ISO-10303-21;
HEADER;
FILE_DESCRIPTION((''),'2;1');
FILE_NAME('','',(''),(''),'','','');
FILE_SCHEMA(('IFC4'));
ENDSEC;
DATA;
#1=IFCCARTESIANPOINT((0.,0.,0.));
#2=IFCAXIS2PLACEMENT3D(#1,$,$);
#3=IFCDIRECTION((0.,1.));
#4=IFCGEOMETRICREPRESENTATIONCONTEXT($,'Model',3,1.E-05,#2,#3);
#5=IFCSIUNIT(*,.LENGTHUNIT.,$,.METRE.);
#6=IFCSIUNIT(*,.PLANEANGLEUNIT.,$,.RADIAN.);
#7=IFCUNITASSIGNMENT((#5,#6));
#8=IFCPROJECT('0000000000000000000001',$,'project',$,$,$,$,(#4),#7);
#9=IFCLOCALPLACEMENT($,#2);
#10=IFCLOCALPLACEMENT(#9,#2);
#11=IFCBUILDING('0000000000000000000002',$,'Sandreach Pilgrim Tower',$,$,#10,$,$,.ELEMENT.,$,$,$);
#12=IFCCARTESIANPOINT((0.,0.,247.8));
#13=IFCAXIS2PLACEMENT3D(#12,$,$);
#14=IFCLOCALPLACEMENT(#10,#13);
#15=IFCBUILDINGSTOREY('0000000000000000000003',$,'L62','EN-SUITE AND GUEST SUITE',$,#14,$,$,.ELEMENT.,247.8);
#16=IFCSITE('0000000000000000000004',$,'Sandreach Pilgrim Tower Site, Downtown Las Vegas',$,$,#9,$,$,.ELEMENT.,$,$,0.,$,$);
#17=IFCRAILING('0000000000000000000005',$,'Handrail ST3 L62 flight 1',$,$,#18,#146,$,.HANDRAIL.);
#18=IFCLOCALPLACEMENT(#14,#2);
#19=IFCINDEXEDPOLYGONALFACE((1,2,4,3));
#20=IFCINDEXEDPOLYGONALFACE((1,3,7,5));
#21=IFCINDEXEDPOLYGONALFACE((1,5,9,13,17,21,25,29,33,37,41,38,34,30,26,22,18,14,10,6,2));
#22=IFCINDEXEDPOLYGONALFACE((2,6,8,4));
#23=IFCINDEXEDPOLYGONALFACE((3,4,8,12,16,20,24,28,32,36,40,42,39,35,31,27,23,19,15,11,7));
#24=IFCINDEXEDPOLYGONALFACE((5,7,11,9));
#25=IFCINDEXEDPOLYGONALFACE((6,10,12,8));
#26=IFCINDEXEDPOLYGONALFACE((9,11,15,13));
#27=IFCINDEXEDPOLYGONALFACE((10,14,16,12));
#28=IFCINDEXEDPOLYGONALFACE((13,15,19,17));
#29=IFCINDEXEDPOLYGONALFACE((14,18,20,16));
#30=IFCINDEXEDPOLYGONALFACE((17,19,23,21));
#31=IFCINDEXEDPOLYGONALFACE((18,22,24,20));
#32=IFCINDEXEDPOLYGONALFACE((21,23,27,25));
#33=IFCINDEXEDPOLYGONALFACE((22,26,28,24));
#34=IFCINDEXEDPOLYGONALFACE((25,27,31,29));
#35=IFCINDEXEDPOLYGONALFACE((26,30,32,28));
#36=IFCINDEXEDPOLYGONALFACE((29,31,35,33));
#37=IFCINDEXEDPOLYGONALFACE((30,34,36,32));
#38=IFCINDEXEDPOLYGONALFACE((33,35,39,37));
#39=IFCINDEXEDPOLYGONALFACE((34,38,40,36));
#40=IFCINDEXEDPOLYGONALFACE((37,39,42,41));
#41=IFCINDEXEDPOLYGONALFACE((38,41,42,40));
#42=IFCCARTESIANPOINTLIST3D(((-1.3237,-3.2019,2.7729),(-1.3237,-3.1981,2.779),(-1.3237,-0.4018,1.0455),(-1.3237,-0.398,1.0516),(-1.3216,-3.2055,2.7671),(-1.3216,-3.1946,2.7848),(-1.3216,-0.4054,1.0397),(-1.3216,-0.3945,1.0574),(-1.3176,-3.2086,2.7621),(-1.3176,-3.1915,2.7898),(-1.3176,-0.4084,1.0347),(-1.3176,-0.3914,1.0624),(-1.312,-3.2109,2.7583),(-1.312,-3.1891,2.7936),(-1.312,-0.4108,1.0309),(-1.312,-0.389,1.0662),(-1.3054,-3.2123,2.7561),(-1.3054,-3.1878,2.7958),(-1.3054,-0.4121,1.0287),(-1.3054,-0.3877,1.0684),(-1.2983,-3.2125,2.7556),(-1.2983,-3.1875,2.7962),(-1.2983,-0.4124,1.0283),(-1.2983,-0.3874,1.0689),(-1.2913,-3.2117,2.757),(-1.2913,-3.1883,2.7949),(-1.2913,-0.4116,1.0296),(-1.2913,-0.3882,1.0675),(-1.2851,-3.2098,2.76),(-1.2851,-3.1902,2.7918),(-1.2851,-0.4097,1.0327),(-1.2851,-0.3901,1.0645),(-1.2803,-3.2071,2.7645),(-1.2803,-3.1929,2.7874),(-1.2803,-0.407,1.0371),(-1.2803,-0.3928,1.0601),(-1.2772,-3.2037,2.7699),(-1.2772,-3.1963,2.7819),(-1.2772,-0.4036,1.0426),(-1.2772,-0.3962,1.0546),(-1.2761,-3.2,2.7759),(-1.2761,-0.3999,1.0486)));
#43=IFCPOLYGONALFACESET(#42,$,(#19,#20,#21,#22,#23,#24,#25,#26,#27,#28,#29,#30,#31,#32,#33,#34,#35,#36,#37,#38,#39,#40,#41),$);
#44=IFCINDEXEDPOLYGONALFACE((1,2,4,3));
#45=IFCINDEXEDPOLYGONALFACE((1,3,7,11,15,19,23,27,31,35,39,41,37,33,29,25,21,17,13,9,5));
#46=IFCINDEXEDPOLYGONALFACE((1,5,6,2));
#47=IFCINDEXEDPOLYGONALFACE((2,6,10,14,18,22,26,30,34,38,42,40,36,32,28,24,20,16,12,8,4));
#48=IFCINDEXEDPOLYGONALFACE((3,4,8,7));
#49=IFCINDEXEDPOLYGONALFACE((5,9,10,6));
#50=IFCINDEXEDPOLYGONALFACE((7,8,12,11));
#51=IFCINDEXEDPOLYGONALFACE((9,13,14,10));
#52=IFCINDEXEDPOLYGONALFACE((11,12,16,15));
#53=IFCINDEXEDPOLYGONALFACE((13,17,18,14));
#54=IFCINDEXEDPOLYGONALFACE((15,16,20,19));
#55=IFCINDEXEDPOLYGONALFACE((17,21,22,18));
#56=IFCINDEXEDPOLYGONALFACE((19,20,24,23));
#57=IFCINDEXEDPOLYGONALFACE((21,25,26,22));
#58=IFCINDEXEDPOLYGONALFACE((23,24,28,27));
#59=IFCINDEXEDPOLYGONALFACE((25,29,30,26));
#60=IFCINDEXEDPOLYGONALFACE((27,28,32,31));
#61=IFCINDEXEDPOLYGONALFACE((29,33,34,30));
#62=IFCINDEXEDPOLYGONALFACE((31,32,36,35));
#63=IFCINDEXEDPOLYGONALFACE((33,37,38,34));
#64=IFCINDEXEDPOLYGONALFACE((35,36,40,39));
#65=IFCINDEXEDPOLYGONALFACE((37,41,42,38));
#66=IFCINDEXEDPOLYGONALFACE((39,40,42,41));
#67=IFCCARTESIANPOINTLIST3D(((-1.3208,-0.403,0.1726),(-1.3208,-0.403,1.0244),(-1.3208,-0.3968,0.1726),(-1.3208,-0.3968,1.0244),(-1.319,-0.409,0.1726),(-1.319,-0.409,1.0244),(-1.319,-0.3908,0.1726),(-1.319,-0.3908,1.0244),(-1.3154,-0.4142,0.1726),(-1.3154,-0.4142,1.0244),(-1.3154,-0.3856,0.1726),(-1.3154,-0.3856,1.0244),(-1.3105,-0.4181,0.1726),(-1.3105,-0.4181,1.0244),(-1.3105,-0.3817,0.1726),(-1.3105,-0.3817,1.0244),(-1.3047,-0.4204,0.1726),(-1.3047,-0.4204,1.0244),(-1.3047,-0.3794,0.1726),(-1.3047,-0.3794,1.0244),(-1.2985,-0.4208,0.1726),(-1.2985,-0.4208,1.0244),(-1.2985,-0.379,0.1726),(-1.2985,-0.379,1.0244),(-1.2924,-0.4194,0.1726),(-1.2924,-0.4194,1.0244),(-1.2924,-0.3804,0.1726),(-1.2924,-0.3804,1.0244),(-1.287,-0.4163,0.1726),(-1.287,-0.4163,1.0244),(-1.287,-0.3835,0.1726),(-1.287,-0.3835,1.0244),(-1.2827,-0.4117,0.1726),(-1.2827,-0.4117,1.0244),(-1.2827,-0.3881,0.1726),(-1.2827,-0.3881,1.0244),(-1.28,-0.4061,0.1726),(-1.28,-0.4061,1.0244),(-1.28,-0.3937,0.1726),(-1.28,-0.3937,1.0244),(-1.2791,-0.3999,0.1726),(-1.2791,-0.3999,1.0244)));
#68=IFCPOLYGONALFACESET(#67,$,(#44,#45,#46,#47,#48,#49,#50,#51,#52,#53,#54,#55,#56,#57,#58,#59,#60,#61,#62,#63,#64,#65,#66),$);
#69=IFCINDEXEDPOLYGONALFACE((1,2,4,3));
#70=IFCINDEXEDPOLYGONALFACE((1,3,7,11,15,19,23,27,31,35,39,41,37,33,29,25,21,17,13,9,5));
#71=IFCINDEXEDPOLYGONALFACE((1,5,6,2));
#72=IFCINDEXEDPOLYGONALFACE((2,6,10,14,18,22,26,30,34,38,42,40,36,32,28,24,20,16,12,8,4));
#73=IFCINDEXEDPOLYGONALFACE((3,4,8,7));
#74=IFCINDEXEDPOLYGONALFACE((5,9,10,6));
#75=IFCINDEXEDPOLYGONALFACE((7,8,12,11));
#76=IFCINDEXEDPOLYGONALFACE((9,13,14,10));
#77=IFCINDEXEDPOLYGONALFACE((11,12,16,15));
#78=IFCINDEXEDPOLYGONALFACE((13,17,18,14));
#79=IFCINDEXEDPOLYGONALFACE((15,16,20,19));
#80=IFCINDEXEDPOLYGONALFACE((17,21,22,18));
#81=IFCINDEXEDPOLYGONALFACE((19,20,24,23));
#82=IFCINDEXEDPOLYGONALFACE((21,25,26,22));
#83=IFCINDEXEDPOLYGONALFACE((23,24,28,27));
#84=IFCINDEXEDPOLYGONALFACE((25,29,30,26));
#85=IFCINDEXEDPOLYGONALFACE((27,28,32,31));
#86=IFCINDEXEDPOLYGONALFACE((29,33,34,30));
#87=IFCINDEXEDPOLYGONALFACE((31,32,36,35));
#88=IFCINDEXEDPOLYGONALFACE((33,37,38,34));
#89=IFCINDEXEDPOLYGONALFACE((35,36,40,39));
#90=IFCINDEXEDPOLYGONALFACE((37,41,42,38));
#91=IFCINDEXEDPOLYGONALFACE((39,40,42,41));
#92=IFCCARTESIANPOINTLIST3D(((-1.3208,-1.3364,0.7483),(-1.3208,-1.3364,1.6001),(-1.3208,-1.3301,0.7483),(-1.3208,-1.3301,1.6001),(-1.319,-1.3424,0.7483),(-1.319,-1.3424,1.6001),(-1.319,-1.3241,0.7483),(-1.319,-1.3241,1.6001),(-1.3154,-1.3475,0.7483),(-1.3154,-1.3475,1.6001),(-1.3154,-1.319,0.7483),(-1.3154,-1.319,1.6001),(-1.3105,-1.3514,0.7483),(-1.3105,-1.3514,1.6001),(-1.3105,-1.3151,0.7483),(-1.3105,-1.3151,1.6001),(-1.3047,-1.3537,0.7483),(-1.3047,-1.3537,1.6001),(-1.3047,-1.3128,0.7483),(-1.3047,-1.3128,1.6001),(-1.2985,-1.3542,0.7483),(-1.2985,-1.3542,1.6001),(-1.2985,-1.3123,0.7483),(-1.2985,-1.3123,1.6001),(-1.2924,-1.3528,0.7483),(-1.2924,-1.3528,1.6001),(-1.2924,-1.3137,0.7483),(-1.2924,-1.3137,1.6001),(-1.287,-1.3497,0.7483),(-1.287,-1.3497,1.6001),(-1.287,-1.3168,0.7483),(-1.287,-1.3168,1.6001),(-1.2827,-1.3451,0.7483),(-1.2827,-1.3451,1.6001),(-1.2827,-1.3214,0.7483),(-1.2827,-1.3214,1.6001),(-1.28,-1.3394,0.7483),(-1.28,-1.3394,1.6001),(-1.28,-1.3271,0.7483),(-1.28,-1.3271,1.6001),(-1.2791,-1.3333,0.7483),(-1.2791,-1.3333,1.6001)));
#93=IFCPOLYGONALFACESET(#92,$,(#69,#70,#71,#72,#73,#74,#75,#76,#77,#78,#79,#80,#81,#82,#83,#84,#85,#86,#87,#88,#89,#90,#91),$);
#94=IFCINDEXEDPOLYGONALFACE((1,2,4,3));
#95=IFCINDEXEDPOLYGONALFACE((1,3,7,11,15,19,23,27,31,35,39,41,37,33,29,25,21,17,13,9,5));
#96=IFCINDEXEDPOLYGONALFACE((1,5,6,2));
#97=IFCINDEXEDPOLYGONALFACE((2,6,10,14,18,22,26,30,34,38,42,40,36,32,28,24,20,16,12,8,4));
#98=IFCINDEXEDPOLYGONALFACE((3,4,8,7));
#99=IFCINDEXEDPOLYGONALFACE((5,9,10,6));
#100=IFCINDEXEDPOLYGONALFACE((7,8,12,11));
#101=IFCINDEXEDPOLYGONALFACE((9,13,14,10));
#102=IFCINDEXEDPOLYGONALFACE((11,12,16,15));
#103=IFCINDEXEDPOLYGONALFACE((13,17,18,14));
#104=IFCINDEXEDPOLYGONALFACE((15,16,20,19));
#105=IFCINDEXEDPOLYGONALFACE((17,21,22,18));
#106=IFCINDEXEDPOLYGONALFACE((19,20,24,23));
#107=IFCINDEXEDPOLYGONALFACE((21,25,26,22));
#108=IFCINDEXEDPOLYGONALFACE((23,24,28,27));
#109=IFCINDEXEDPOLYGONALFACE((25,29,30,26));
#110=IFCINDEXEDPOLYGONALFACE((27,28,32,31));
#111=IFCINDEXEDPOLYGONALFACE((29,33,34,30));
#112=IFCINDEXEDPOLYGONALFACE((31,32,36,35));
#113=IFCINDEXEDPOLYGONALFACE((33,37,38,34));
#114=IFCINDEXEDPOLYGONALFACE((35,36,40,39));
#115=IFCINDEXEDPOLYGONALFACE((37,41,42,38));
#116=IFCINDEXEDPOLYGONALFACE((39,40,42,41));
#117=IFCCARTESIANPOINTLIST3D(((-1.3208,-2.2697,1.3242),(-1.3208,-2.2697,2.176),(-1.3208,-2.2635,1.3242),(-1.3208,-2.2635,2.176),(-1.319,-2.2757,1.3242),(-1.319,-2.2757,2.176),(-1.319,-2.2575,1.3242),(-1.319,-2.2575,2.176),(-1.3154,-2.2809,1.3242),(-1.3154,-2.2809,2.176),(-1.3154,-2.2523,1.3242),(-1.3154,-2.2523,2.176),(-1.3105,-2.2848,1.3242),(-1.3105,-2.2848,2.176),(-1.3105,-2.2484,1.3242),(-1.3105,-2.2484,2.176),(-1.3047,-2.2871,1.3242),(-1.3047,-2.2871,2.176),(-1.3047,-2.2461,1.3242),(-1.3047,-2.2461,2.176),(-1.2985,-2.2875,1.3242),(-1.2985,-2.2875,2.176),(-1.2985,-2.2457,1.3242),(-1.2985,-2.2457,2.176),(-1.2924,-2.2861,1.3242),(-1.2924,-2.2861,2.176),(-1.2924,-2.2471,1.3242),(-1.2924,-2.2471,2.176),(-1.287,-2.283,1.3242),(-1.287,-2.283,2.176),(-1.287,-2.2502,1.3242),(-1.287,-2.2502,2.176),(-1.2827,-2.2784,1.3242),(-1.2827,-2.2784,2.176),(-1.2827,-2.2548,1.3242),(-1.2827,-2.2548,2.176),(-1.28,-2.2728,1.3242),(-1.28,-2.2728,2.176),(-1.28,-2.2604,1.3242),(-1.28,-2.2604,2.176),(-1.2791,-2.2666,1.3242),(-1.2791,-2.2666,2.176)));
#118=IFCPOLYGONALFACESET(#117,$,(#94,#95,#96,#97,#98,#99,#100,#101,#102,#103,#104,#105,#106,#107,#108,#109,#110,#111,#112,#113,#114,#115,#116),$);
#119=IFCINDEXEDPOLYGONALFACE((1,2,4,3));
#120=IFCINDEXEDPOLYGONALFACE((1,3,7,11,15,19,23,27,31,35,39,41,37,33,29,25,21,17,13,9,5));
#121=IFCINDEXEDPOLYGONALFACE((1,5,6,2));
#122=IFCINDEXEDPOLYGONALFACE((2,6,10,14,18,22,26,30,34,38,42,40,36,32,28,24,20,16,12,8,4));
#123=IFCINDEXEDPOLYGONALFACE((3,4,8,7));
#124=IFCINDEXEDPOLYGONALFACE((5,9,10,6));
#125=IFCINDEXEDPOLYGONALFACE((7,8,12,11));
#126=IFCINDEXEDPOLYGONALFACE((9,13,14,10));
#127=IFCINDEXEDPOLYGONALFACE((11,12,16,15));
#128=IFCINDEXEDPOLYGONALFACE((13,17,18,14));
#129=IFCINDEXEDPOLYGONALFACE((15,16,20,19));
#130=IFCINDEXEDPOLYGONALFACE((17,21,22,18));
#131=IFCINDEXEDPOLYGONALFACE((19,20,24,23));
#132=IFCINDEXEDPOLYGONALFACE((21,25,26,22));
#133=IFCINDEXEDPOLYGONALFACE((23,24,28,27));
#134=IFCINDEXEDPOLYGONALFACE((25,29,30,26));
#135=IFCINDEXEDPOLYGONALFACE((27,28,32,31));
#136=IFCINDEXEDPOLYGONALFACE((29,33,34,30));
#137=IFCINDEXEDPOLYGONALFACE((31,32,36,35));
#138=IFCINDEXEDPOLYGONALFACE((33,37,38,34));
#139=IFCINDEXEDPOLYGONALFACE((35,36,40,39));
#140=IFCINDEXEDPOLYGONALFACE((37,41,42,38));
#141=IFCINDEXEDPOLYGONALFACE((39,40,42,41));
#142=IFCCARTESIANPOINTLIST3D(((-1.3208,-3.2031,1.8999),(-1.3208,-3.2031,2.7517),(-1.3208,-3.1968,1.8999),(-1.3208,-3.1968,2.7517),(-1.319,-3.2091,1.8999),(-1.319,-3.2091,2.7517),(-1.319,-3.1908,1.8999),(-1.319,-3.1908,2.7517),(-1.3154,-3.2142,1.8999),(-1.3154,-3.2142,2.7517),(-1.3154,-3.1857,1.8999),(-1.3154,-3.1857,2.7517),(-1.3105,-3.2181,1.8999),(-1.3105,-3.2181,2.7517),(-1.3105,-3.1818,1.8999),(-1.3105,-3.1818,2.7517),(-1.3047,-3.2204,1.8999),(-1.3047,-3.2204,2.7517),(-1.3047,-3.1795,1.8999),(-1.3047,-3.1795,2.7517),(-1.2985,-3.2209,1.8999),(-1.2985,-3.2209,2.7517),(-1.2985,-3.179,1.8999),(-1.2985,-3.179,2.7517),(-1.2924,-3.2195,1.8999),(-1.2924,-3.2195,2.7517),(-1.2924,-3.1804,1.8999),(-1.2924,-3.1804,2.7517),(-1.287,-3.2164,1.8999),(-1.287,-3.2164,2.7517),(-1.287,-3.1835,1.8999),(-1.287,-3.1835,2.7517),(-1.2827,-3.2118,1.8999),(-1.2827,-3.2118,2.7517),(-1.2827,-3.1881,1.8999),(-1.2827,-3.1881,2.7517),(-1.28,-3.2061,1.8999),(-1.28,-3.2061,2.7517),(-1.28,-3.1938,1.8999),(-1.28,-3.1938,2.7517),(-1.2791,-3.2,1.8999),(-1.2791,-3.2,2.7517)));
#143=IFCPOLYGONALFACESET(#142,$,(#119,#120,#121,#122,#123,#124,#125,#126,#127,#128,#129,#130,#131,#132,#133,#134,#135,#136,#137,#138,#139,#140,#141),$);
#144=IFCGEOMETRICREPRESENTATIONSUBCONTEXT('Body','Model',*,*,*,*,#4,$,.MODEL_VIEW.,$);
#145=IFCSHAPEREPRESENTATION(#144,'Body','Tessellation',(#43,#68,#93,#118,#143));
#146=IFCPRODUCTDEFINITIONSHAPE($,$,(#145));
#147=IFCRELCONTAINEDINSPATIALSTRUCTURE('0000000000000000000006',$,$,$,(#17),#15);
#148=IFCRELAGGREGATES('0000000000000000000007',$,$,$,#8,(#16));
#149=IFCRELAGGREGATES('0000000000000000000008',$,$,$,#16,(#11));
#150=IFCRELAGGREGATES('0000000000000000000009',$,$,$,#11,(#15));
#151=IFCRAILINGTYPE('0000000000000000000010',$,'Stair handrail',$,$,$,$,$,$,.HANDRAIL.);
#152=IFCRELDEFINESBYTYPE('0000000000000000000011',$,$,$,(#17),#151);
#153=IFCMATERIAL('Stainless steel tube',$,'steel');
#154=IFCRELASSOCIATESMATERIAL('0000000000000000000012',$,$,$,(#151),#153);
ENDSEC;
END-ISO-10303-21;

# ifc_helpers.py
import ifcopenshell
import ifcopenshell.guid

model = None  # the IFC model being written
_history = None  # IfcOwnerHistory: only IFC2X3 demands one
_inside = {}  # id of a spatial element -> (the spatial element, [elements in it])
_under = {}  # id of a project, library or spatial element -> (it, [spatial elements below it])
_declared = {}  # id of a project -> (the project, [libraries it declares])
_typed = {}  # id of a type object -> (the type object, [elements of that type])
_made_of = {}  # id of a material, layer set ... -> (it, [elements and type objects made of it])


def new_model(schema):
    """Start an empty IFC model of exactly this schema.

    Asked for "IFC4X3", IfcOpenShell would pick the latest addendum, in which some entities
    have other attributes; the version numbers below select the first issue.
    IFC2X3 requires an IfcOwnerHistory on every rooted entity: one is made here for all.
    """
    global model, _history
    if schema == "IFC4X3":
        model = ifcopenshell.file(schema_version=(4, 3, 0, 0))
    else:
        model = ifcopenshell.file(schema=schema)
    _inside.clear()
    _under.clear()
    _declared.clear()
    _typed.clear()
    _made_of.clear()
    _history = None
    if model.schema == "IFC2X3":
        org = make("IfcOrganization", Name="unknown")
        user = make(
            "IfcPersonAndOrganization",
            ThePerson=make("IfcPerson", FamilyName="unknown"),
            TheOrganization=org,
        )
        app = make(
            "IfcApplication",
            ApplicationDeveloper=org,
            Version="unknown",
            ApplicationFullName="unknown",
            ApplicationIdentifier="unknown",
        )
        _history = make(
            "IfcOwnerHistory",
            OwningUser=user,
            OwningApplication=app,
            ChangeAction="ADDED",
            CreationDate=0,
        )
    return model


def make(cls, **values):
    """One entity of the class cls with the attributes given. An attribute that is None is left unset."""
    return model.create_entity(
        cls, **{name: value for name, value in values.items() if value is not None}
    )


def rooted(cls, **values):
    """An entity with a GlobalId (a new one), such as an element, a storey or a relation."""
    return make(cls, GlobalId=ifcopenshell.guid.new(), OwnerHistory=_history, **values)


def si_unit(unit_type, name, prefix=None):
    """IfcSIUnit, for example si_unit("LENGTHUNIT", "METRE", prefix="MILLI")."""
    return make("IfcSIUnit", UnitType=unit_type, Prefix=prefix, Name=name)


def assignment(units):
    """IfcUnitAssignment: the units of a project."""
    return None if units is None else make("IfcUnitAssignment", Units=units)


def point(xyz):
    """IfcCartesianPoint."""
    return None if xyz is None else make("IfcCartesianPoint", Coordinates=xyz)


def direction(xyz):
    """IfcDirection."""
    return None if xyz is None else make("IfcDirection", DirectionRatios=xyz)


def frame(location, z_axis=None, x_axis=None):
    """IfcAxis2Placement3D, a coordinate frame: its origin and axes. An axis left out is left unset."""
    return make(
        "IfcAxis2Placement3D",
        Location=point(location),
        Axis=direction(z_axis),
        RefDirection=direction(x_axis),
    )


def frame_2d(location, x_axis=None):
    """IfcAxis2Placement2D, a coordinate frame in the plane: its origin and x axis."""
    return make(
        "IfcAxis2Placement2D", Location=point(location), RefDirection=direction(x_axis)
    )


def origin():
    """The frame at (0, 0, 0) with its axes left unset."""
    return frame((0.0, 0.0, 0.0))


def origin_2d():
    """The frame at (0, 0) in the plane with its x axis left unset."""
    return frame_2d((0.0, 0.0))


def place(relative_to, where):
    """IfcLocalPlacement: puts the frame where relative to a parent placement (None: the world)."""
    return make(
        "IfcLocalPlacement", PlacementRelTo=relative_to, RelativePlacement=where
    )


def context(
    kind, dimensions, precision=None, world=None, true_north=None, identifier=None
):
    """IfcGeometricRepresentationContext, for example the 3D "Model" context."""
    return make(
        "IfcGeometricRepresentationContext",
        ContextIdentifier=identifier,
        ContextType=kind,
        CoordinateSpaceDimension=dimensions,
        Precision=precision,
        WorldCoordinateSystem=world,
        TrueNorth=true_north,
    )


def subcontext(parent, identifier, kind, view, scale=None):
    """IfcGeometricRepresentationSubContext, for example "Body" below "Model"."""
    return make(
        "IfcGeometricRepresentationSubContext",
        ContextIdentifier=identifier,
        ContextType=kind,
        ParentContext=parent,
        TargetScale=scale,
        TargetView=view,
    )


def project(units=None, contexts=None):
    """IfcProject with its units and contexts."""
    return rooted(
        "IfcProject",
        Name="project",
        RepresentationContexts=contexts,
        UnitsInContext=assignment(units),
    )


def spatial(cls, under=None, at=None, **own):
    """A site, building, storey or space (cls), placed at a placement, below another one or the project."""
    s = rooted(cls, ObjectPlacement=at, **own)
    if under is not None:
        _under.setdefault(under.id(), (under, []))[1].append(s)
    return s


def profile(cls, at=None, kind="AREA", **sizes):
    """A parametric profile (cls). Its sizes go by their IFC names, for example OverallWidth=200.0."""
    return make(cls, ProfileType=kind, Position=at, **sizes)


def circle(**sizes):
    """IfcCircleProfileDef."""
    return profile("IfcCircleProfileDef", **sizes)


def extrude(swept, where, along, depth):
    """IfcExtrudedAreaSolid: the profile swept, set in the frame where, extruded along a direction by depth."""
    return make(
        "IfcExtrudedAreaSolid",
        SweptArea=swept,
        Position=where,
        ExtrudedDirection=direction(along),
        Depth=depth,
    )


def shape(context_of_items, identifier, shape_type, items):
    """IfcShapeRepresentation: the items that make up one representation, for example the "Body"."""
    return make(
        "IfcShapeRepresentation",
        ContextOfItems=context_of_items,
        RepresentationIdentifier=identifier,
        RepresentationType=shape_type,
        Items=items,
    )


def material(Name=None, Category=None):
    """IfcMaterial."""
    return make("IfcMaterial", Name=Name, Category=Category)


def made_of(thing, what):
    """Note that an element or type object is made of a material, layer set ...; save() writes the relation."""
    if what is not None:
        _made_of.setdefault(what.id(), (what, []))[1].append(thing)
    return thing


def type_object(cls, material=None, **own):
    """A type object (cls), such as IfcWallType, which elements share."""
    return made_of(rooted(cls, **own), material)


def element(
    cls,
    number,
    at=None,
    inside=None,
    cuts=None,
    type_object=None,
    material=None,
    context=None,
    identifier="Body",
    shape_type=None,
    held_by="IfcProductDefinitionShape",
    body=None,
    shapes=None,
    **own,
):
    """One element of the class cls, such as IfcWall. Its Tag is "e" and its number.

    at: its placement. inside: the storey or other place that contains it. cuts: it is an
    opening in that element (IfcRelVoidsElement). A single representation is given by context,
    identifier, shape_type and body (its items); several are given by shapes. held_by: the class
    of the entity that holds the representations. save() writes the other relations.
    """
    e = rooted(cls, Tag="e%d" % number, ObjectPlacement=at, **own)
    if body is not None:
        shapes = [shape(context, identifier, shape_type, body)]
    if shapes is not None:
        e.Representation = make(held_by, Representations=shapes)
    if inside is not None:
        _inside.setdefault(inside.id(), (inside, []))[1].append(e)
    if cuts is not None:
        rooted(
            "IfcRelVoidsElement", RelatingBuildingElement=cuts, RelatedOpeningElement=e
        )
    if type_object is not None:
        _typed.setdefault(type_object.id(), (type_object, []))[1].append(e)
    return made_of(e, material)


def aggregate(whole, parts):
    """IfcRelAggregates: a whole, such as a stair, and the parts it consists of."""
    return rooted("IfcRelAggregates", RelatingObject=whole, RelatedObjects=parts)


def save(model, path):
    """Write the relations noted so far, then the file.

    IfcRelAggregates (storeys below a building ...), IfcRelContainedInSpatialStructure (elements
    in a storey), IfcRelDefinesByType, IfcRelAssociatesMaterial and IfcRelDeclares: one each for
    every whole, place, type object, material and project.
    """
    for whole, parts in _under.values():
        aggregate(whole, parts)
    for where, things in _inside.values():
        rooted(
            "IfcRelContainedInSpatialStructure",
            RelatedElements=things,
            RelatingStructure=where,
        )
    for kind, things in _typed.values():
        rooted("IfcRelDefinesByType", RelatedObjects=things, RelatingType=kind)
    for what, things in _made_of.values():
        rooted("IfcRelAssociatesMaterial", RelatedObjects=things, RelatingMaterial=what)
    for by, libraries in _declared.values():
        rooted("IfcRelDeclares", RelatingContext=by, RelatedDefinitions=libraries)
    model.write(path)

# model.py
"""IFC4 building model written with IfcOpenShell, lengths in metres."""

from ifc_helpers import new_model, si_unit, direction, frame, origin, origin_2d, place, context, subcontext, project, spatial, circle, extrude, material, type_object, element, save


model = new_model("IFC4")

# Units and contexts
model_context = context("Model", 3, precision=1e-05, world=origin(), true_north=direction((0.0, 1.0)))
body_context = subcontext(model_context, "Body", "Model", "MODEL_VIEW")
ifc_project = project(units=[si_unit("LENGTHUNIT", "METRE"), si_unit("PLANEANGLEUNIT", "RADIAN")], contexts=[model_context])

# Site, building, storey
site_placement = place(None, origin())
site = spatial("IfcSite", under=ifc_project, at=site_placement, Name="Sandreach Pilgrim Tower Site, Downtown Las Vegas", CompositionType="ELEMENT", RefElevation=0.0)
building_placement = place(site_placement, origin())
building = spatial("IfcBuilding", under=site, at=building_placement, Name="Sandreach Pilgrim Tower", CompositionType="ELEMENT")
storey_placement = place(building_placement, frame((0.0, 0.0, 247.8)))
storey = spatial("IfcBuildingStorey", under=building, at=storey_placement, Name="L62", Description="EN-SUITE AND GUEST SUITE", CompositionType="ELEMENT", Elevation=247.8)

# Railing
ifc_material_1 = material(Name="Stainless steel tube", Category="steel")
railing_type = type_object("IfcRailingType", Name="Stair handrail", PredefinedType="HANDRAIL", material=ifc_material_1)
for number, where, name in (
    (1, (-1.3, -0.3999, 0.1726), "Handrail ST3 L62 flight 1"),
):
    element("IfcRailing", number, at=place(storey_placement, frame(where)), inside=storey, type_object=railing_type, Name=name, PredefinedType="HANDRAIL", context=body_context, shape_type="SweptSolid", body=[
        extrude(circle(Radius=0.0239, at=origin_2d()), frame((0.0, 0.0, 0.876), z_axis=(0.0, -0.85109, 0.52502), x_axis=(1.0, 0.0, 0.0)), (0.0, 0.0, 1.0), 3.29),
        extrude(circle(Radius=0.021, at=origin_2d()), origin(), (0.0, 0.0, 1.0), 0.8518),
        extrude(circle(Radius=0.021, at=origin_2d()), frame((0.0, -0.9333, 0.5757)), (0.0, 0.0, 1.0), 0.8518),
        extrude(circle(Radius=0.021, at=origin_2d()), frame((0.0, -1.8667, 1.1516)), (0.0, 0.0, 1.0), 0.8518),
        extrude(circle(Radius=0.021, at=origin_2d()), frame((0.0, -2.8, 1.7273)), (0.0, 0.0, 1.0), 0.8518),
    ])

save(model, "model.ifc")
